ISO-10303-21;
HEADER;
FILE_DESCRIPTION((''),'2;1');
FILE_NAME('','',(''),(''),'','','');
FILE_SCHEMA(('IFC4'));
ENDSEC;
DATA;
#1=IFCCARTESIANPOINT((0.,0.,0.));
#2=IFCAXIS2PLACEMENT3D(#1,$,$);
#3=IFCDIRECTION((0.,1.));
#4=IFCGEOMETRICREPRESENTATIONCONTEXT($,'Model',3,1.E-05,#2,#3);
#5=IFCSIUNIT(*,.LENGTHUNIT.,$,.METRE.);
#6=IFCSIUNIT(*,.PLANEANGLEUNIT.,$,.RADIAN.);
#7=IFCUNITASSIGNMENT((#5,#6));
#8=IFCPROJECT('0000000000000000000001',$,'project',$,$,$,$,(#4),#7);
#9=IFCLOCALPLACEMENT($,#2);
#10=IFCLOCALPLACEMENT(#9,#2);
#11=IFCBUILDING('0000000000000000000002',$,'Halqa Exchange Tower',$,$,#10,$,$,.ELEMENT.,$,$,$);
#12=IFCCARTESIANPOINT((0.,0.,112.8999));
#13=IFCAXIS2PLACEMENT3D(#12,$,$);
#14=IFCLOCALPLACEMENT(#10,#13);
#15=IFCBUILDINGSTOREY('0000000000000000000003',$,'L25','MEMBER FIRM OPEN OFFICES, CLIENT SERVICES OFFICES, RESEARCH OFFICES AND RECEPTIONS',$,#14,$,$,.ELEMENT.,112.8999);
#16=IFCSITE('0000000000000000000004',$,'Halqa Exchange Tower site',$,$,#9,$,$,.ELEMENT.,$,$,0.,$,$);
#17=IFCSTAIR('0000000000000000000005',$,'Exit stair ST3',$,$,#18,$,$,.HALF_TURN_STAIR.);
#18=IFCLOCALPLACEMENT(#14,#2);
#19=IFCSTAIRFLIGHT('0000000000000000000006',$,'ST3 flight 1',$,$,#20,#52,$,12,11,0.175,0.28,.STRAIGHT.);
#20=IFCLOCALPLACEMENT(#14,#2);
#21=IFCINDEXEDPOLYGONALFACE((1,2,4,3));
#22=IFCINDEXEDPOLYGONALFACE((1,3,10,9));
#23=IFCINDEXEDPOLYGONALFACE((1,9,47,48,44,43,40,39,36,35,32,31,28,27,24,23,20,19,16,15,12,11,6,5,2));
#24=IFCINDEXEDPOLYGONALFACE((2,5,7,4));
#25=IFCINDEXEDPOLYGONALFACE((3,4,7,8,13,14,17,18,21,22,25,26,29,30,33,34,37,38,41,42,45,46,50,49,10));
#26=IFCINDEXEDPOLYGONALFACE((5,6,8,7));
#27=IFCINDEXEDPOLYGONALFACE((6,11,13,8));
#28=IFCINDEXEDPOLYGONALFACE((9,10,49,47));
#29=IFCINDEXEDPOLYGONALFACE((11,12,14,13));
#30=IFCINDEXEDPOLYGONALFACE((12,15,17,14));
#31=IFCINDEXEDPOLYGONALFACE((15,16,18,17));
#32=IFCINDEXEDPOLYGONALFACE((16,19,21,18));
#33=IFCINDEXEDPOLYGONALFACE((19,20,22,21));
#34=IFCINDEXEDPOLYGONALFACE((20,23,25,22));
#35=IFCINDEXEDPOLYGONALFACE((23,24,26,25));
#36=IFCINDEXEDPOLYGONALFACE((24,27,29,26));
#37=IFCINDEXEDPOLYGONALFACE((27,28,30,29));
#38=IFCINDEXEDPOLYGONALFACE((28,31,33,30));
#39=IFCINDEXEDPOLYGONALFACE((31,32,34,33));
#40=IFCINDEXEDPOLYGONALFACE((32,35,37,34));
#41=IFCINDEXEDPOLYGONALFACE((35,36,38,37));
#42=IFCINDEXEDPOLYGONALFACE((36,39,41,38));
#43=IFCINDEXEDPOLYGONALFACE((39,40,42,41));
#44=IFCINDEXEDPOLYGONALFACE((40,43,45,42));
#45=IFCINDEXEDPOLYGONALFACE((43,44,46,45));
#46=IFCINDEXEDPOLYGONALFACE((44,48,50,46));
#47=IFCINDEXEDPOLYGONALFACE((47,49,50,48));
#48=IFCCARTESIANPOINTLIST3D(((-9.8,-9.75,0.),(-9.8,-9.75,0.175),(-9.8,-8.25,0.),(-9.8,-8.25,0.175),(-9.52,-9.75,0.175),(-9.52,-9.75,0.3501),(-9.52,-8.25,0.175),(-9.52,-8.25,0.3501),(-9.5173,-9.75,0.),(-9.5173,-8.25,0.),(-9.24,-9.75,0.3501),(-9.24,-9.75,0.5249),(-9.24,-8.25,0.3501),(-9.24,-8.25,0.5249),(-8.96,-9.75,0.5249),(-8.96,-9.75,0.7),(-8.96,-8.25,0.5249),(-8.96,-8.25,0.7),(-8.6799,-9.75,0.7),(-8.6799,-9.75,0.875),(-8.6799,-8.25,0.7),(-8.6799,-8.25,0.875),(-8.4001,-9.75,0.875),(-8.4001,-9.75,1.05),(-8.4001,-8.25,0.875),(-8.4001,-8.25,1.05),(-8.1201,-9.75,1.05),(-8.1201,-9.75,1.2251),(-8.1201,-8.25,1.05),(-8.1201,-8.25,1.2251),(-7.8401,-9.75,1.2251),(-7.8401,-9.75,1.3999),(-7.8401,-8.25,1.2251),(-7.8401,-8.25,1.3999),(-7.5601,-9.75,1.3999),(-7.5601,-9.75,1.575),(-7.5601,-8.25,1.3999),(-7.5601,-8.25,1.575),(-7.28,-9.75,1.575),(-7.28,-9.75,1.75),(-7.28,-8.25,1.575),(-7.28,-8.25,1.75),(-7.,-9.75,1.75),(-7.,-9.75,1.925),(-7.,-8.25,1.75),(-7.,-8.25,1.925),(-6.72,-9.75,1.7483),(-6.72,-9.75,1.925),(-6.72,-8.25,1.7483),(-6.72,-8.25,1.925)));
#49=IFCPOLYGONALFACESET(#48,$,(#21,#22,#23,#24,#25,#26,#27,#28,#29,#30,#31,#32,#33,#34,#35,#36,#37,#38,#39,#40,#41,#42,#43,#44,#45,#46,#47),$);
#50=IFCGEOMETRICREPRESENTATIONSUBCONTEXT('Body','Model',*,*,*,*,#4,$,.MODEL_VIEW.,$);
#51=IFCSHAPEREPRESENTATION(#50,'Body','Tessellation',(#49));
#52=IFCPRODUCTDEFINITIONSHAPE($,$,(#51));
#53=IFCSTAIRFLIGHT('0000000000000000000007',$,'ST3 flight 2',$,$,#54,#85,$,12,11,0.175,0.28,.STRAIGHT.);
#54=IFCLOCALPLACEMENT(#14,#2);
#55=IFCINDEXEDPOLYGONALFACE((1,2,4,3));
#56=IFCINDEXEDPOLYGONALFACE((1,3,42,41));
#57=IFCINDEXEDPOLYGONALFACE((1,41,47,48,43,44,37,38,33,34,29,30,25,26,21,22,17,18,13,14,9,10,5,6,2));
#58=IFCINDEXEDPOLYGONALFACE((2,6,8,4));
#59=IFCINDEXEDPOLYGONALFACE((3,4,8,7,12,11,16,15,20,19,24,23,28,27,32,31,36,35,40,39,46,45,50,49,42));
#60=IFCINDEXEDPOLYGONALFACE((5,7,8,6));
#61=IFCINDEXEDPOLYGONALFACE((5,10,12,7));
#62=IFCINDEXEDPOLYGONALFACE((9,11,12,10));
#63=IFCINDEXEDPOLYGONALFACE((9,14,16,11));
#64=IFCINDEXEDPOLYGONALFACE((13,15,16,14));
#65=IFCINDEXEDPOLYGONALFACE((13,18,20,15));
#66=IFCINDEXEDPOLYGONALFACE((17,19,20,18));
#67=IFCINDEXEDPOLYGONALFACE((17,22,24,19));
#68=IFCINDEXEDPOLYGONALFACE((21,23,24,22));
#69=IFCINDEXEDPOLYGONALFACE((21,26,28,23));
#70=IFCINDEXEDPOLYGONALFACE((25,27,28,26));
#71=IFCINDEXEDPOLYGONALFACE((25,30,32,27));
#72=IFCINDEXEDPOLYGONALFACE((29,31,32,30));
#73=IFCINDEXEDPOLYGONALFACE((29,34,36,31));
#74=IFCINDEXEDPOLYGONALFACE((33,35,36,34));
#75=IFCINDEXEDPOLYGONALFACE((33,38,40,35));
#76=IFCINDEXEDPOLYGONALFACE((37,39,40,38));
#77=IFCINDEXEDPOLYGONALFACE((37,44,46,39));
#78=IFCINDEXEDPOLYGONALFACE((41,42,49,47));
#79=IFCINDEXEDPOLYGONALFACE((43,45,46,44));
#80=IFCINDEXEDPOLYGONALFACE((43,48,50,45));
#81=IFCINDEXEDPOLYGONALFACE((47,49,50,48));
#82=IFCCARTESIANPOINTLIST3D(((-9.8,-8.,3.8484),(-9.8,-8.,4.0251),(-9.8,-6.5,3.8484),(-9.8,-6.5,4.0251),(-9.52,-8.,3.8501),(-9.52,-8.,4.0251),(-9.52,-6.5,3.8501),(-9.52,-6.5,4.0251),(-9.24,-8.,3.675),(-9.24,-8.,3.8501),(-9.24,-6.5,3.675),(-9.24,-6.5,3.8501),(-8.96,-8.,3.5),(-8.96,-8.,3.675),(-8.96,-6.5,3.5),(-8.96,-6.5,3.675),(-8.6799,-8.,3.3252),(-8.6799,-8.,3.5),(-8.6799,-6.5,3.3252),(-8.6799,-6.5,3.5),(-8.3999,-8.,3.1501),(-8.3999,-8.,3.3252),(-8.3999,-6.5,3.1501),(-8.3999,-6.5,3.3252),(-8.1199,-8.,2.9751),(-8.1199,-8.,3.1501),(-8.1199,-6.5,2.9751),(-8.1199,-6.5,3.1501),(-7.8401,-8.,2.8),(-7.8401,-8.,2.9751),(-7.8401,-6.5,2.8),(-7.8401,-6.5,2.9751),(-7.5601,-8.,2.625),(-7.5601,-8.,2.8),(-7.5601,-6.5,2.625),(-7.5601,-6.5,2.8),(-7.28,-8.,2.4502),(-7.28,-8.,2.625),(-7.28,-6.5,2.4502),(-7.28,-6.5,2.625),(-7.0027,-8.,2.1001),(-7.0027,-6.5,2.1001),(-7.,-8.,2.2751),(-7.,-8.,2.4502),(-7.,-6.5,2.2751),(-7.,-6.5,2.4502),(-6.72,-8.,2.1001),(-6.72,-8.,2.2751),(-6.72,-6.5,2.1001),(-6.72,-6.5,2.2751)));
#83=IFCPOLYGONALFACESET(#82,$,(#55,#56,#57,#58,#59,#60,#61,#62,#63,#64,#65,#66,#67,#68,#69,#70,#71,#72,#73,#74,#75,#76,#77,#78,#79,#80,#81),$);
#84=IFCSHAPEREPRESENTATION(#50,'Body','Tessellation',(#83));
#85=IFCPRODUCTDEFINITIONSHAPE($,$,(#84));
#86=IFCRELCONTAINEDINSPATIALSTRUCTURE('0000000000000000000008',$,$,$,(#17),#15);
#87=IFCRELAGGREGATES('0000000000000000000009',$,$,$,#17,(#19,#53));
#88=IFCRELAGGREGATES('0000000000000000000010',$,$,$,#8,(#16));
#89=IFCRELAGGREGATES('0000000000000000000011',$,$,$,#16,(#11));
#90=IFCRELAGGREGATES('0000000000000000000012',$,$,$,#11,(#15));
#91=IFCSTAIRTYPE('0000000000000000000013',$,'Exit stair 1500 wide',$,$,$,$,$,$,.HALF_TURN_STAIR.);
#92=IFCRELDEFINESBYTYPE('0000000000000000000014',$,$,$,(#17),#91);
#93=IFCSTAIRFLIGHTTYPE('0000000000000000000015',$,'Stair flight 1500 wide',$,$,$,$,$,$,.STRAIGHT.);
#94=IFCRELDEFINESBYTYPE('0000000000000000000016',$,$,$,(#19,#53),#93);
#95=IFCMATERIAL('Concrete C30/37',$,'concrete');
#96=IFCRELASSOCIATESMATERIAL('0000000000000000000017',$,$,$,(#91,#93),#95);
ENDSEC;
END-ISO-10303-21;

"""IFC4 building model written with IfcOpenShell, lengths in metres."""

from ifc_helpers import new_model, si_unit, direction, frame, origin, place, context, subcontext, project, spatial, polyline, outline, extrude, material, type_object, element, aggregate, save


model = new_model("IFC4")

# Units and contexts
model_context = context("Model", 3, precision=1e-05, world=origin(), true_north=direction((0.0, 1.0)))
body_context = subcontext(model_context, "Body", "Model", "MODEL_VIEW")
ifc_project = project(units=[si_unit("LENGTHUNIT", "METRE"), si_unit("PLANEANGLEUNIT", "RADIAN")], contexts=[model_context])

# Site, building, storey
site_placement = place(None, origin())
site = spatial("IfcSite", under=ifc_project, at=site_placement, Name="Halqa Exchange Tower site", CompositionType="ELEMENT", RefElevation=0.0)
building_placement = place(site_placement, origin())
building = spatial("IfcBuilding", under=site, at=building_placement, Name="Halqa Exchange Tower", CompositionType="ELEMENT")
storey_placement = place(building_placement, frame((0.0, 0.0, 112.8999)))
storey = spatial("IfcBuildingStorey", under=building, at=storey_placement, Name="L25", Description="MEMBER FIRM OPEN OFFICES, CLIENT SERVICES OFFICES, RESEARCH OFFICES AND RECEPTIONS", CompositionType="ELEMENT", Elevation=112.8999)

# Shared definitions
ifc_material_1 = material(Name="Concrete C30/37", Category="concrete")

# Stair, stair flights
stair_type = type_object("IfcStairType", Name="Exit stair 1500 wide", PredefinedType="HALF_TURN_STAIR", material=ifc_material_1)
stair_placement = place(storey_placement, origin())
stair = element("IfcStair", 1, at=stair_placement, inside=storey, type_object=stair_type, Name="Exit stair ST3", PredefinedType="HALF_TURN_STAIR")
stair_flight_type = type_object("IfcStairFlightType", Name="Stair flight 1500 wide", PredefinedType="STRAIGHT", material=ifc_material_1)
stair_flight_1_placement = place(storey_placement, frame((-9.8, -9.0, 0.0), z_axis=(0.0, 0.0, 1.0), x_axis=(1.0, 0.0, 0.0)))
stair_flight_1 = element("IfcStairFlight", 2, at=stair_flight_1_placement, type_object=stair_flight_type, Name="ST3 flight 1", NumberOfRisers=12, NumberOfTreads=11, PredefinedType="STRAIGHT", RiserHeight=0.175, TreadLength=0.28, context=body_context, shape_type="SweptSolid", body=[
    extrude(outline(polyline([(0.0, 0.0), (0.0, 0.175), (0.28, 0.175), (0.28, 0.3501), (0.5601, 0.3501), (0.5601, 0.5249), (0.8401, 0.5249), (0.8401, 0.7), (1.1201, 0.7), (1.1201, 0.875), (1.3999, 0.875), (1.3999, 1.05), (1.6799, 1.05), (1.6799, 1.2251), (1.96, 1.2251), (1.96, 1.3999), (2.24, 1.3999), (2.24, 1.575), (2.52, 1.575), (2.52, 1.75), (2.8, 1.75), (2.8, 1.925), (3.0801, 1.925), (3.0801, 2.1001), (3.0801, 1.7483), (0.2827, 0.0), (0.0, 0.0)])), frame((0.0, 0.75, 0.0), z_axis=(0.0, -1.0, 0.0), x_axis=(1.0, 0.0, 0.0)), (0.0, 0.0, 1.0), 1.5),
])
stair_flight_2_placement = place(storey_placement, frame((-6.72, -7.25, 2.1001), z_axis=(0.0, 0.0, 1.0), x_axis=(-1.0, 0.0, 0.0)))
stair_flight_2 = element("IfcStairFlight", 3, at=stair_flight_2_placement, type_object=stair_flight_type, Name="ST3 flight 2", NumberOfRisers=12, NumberOfTreads=11, PredefinedType="STRAIGHT", RiserHeight=0.175, TreadLength=0.28, context=body_context, shape_type="SweptSolid", body=[
    extrude(outline(polyline([(0.0, 0.0), (0.0, 0.175), (0.28, 0.175), (0.28, 0.3501), (0.5601, 0.3501), (0.5601, 0.5249), (0.8401, 0.5249), (0.8401, 0.7), (1.1201, 0.7), (1.1201, 0.875), (1.3999, 0.875), (1.3999, 1.05), (1.6799, 1.05), (1.6799, 1.2251), (1.96, 1.2251), (1.96, 1.3999), (2.24, 1.3999), (2.24, 1.575), (2.52, 1.575), (2.52, 1.75), (2.8, 1.75), (2.8, 1.925), (3.0801, 1.925), (3.0801, 2.1001), (3.0801, 1.7483), (0.2827, 0.0), (0.0, 0.0)])), frame((0.0, 0.75, 0.0), z_axis=(0.0, -1.0, 0.0), x_axis=(1.0, 0.0, 0.0)), (0.0, 0.0, 1.0), 1.5),
])
aggregate(stair, [stair_flight_1, stair_flight_2])

save(model, "model.ifc")
